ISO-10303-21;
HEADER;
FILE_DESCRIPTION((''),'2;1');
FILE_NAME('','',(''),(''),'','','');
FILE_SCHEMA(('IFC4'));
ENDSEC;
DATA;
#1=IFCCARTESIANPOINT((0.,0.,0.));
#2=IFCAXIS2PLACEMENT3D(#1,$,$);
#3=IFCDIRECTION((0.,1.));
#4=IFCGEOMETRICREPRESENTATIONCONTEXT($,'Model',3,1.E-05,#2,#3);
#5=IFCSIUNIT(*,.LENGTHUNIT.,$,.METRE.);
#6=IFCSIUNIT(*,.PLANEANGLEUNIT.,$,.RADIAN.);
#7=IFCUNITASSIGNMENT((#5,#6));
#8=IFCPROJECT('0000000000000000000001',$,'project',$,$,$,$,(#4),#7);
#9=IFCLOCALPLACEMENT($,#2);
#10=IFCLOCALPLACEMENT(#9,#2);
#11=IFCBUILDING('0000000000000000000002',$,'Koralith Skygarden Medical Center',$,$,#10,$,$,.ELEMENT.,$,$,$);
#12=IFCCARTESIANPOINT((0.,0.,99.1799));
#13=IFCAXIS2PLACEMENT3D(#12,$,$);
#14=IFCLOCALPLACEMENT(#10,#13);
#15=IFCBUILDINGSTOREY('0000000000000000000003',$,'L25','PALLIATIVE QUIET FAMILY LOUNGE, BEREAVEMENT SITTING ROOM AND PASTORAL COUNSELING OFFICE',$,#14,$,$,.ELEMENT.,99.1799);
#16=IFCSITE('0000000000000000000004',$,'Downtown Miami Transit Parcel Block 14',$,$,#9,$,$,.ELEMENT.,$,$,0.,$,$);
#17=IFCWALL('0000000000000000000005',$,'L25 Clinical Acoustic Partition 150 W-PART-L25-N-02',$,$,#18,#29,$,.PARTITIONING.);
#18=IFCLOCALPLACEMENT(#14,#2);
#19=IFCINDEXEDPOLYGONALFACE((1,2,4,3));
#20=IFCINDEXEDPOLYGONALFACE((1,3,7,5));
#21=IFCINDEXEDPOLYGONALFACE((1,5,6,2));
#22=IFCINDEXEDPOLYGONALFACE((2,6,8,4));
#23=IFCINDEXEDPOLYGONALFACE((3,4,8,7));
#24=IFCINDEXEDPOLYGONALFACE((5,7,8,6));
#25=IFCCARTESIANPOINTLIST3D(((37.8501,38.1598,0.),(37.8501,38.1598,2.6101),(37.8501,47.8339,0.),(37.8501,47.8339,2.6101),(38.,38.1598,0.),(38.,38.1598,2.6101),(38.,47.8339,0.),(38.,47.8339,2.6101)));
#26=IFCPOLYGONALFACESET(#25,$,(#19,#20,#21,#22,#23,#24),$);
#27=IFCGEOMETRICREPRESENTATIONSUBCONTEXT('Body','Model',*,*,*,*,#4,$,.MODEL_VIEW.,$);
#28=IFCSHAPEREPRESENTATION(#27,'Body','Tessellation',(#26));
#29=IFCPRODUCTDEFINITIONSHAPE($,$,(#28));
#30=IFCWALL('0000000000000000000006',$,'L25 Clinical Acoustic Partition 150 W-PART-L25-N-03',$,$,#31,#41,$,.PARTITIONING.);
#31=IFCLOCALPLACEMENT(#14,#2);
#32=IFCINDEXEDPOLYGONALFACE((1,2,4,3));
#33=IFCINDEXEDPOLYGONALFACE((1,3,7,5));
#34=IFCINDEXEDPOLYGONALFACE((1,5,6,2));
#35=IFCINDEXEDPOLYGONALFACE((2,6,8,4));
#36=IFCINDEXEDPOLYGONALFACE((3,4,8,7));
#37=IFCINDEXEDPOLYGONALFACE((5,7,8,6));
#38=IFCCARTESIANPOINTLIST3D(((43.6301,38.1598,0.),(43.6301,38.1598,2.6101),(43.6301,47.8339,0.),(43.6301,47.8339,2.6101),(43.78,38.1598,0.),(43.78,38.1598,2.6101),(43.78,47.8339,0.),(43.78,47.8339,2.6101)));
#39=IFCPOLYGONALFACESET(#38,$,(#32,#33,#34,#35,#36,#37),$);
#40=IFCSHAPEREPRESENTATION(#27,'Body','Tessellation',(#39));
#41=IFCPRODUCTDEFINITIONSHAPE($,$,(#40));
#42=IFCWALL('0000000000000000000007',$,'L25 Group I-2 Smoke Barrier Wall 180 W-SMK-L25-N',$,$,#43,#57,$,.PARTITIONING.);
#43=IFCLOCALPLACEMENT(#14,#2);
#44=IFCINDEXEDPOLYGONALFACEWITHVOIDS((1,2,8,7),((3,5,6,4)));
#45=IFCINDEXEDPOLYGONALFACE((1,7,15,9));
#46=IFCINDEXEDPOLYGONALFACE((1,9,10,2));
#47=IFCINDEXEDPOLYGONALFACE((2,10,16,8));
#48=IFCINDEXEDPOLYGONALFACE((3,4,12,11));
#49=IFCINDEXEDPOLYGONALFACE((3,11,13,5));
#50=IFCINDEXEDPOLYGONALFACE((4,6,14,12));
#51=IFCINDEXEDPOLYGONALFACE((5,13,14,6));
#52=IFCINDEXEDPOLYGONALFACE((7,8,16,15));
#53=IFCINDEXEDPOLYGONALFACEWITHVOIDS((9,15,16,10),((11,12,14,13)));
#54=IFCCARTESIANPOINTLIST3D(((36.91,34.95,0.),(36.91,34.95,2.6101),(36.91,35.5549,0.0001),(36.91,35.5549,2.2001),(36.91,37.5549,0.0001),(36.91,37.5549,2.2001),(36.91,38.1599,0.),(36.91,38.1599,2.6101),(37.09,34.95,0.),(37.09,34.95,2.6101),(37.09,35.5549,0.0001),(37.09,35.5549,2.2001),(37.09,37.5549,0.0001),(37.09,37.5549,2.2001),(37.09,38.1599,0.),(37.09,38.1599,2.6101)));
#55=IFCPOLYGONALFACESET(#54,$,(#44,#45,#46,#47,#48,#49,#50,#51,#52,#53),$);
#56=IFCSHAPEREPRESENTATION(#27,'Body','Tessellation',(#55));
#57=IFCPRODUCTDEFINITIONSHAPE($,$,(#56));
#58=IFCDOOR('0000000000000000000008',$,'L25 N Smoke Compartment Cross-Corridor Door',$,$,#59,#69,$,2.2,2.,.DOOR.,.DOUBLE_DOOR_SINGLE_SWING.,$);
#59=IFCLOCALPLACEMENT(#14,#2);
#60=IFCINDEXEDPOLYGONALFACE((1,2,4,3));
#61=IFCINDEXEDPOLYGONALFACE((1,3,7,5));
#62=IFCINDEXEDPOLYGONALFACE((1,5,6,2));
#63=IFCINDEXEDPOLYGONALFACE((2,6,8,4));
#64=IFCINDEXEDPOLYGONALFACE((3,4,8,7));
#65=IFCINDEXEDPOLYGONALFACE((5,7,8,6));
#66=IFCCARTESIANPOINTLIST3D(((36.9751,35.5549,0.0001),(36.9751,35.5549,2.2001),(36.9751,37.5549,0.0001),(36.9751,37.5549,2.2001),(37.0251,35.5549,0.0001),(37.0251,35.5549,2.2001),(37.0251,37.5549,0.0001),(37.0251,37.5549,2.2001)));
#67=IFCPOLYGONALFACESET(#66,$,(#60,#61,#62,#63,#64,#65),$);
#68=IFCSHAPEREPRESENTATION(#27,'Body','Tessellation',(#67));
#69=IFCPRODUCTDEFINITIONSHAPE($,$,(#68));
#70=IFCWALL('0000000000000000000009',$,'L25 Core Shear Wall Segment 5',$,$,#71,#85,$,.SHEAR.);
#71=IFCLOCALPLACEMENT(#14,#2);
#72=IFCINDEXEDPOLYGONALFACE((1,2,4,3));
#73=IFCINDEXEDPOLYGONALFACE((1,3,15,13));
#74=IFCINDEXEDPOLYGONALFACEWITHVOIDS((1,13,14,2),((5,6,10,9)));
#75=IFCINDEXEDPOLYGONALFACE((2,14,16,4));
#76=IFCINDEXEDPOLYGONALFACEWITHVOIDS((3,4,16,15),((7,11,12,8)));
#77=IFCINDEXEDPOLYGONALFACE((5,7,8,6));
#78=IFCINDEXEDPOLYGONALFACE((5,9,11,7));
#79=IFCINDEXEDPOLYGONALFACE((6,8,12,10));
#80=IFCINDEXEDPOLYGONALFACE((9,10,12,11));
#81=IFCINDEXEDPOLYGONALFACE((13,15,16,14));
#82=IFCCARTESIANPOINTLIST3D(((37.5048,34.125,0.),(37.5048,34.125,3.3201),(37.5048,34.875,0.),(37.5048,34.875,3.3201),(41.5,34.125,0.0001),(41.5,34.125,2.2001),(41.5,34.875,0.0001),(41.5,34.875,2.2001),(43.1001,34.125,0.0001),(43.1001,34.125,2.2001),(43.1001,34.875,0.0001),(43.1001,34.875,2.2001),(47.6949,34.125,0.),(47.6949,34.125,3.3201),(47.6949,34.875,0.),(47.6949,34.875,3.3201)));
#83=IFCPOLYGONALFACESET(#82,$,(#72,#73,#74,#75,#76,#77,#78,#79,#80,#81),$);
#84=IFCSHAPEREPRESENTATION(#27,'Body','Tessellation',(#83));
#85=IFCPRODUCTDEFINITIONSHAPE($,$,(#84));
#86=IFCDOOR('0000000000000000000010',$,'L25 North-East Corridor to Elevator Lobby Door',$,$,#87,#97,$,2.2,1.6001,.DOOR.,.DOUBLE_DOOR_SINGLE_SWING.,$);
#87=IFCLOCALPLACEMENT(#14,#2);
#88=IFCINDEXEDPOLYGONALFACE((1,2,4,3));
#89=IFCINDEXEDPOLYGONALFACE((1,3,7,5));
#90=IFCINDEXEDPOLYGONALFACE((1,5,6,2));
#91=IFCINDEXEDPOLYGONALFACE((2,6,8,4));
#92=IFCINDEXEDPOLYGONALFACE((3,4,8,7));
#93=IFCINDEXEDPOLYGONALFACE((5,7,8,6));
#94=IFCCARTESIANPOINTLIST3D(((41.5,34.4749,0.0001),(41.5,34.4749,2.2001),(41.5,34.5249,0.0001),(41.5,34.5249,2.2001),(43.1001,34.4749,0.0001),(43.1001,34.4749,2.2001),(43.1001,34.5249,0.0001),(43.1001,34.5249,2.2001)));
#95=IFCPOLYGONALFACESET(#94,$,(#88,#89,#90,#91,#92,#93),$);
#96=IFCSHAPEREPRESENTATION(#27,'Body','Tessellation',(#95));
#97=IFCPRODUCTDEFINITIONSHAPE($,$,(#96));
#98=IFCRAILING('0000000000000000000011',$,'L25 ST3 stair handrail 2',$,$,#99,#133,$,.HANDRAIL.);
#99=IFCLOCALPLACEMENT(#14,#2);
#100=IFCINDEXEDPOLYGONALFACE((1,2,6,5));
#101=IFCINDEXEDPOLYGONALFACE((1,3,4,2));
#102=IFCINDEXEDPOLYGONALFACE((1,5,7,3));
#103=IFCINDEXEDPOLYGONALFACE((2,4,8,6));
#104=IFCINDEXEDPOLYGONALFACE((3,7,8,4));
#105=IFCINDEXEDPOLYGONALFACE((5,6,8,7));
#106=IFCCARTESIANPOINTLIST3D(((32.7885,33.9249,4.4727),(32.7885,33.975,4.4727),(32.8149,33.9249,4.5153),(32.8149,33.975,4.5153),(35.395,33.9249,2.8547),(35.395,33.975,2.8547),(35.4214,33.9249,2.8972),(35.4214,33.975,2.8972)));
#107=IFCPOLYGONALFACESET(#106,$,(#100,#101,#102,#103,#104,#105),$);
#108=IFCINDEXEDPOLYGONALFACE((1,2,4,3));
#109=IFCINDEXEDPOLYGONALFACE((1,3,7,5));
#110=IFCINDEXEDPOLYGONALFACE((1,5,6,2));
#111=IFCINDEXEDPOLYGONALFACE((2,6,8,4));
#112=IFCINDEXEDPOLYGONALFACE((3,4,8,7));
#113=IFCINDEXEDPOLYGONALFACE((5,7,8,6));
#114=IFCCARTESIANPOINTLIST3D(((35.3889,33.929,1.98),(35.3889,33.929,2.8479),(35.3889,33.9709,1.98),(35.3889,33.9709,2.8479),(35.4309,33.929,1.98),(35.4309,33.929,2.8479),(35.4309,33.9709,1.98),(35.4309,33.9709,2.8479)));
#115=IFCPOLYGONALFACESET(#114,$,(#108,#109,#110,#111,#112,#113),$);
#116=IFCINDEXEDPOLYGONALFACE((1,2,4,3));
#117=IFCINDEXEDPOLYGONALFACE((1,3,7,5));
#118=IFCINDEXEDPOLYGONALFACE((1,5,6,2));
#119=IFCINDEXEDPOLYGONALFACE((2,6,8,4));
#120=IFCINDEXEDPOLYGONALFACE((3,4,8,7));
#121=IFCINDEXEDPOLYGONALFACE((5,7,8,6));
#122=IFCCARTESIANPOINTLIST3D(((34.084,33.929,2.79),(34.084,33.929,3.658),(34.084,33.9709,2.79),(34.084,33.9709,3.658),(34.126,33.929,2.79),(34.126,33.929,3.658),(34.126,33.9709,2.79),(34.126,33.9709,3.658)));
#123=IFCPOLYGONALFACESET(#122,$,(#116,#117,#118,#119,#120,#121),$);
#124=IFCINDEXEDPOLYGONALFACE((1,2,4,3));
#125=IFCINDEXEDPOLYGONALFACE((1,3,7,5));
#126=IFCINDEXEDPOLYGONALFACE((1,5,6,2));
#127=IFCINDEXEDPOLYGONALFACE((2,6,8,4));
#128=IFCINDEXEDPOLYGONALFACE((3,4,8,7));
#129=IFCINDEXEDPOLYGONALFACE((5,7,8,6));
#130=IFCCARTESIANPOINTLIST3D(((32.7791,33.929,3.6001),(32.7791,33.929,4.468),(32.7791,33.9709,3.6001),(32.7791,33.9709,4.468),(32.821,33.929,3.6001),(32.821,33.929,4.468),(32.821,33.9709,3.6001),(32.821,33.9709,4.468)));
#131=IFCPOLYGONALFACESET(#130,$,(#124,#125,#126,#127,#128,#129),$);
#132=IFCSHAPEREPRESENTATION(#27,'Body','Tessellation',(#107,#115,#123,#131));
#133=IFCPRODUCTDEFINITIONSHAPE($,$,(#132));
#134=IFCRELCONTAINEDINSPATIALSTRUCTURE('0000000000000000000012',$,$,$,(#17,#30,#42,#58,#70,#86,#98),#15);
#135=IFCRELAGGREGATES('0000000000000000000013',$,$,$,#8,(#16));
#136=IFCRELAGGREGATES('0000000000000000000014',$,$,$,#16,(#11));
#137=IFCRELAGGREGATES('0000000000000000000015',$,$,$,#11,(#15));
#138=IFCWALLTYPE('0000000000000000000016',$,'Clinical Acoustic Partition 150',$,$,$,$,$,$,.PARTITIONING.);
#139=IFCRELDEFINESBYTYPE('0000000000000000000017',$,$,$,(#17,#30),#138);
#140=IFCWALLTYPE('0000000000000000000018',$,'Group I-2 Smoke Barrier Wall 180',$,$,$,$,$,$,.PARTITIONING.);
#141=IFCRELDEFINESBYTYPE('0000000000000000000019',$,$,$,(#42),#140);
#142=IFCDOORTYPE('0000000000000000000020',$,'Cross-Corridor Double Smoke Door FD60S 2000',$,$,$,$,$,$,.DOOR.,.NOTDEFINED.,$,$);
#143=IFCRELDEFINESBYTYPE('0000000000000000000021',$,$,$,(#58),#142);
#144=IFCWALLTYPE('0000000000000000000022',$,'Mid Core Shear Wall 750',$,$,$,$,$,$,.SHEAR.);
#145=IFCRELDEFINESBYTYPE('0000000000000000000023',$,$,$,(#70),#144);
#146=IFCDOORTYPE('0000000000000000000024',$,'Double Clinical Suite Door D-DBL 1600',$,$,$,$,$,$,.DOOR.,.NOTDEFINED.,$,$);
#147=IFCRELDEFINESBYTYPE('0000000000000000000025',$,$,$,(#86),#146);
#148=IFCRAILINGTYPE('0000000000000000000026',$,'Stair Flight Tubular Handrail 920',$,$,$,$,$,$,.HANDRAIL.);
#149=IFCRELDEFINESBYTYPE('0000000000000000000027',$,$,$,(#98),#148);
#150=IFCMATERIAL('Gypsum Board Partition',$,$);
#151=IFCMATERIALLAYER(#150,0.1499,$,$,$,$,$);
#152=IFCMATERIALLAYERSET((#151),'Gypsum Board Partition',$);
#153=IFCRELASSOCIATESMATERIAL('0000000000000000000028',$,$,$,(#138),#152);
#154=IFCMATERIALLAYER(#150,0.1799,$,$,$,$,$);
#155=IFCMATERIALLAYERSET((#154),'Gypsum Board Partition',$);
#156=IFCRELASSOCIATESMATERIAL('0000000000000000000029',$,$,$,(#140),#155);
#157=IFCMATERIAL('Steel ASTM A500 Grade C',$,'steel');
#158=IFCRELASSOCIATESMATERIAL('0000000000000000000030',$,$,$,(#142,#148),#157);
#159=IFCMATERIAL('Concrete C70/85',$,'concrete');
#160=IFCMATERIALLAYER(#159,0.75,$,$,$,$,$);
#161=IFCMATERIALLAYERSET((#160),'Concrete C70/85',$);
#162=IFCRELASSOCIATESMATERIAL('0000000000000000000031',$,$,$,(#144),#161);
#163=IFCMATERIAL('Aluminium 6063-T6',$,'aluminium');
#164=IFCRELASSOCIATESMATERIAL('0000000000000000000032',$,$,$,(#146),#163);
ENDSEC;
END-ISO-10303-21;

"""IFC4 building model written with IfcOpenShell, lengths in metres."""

from ifc_helpers import new_model, si_unit, direction, frame, frame_2d, origin, origin_2d, place, context, subcontext, project, spatial, rectangle, extrude, material, layer, layer_set, type_object, element, fill, save


model = new_model("IFC4")

# Units and contexts
model_context = context("Model", 3, precision=1e-05, world=origin(), true_north=direction((0.0, 1.0)))
body_context = subcontext(model_context, "Body", "Model", "MODEL_VIEW")
ifc_project = project(units=[si_unit("LENGTHUNIT", "METRE"), si_unit("PLANEANGLEUNIT", "RADIAN")], contexts=[model_context])

# Site, building, storey
site_placement = place(None, origin())
site = spatial("IfcSite", under=ifc_project, at=site_placement, Name="Downtown Miami Transit Parcel Block 14", CompositionType="ELEMENT", RefElevation=0.0)
building_placement = place(site_placement, origin())
building = spatial("IfcBuilding", under=site, at=building_placement, Name="Koralith Skygarden Medical Center", CompositionType="ELEMENT")
storey_placement = place(building_placement, frame((0.0, 0.0, 99.1799)))
storey = spatial("IfcBuildingStorey", under=building, at=storey_placement, Name="L25", Description="PALLIATIVE QUIET FAMILY LOUNGE, BEREAVEMENT SITTING ROOM AND PASTORAL COUNSELING OFFICE", CompositionType="ELEMENT", Elevation=99.1799)

# Shared definitions
ifc_material_1 = material(Name="Concrete C70/85", Category="concrete")

# Shared definitions
ifc_material_2 = material(Name="Aluminium 6063-T6", Category="aluminium")

# Walls
ifc_material_3 = material(Name="Gypsum Board Partition")
ifc_layer_1 = layer(ifc_material_3, 0.1499)
ifc_layer_set_1 = layer_set([ifc_layer_1], Name="Gypsum Board Partition")
wall_type_1 = type_object("IfcWallType", Name="Clinical Acoustic Partition 150", PredefinedType="PARTITIONING", material=ifc_layer_set_1)
for number, where, z_axis, x_axis, name in (
    (1, (37.925, 38.1599, 0.0), (0.0, 0.0, 1.0), (0.0, 1.0, 0.0), "L25 Clinical Acoustic Partition 150 W-PART-L25-N-02"),
    (2, (43.7051, 38.1599, 0.0), (0.0, 0.0, 1.0), (0.0, 1.0, 0.0), "L25 Clinical Acoustic Partition 150 W-PART-L25-N-03"),
):
    element("IfcWall", number, at=place(storey_placement, frame(where, z_axis=z_axis, x_axis=x_axis)), inside=storey, type_object=wall_type_1, Name=name, PredefinedType="PARTITIONING", context=body_context, shape_type="SweptSolid", body=[
        extrude(rectangle(XDim=9.6741, YDim=0.1499, at=frame_2d((4.8369, 0.0))), origin(), (0.0, 0.0, 1.0), 2.6101),
    ])

# Walls, openings, doors
ifc_layer_2 = layer(ifc_material_3, 0.1799)
ifc_layer_set_2 = layer_set([ifc_layer_2], Name="Gypsum Board Partition")
wall_type_2 = type_object("IfcWallType", Name="Group I-2 Smoke Barrier Wall 180", PredefinedType="PARTITIONING", material=ifc_layer_set_2)
wall_1_placement = place(storey_placement, frame((37.0, 34.95, 0.0), z_axis=(0.0, 0.0, 1.0), x_axis=(0.0, 1.0, 0.0)))
wall_1 = element("IfcWall", 3, at=wall_1_placement, inside=storey, type_object=wall_type_2, Name="L25 Group I-2 Smoke Barrier Wall 180 W-SMK-L25-N", PredefinedType="PARTITIONING", context=body_context, shape_type="SweptSolid", body=[
    extrude(rectangle(XDim=3.21, YDim=0.1799, at=frame_2d((1.605, 0.0))), origin(), (0.0, 0.0, 1.0), 2.6101),
])
opening_1_placement = place(wall_1_placement, frame((0.605, 0.0, 0.0)))
opening_1 = element("IfcOpeningElement", 4, at=opening_1_placement, cuts=wall_1, PredefinedType="OPENING", context=body_context, shape_type="SweptSolid", body=[
    extrude(rectangle(XDim=2.0, YDim=2.2, at=frame_2d((1.0, 1.1001))), frame((0.0, 0.0999, 0.0), z_axis=(0.0, -1.0, 0.0), x_axis=(1.0, 0.0, 0.0)), (0.0, 0.0, 1.0), 0.2),
])
ifc_material_4 = material(Name="Steel ASTM A500 Grade C", Category="steel")
door_type_1 = type_object("IfcDoorType", Name="Cross-Corridor Double Smoke Door FD60S 2000", OperationType="NOTDEFINED", PredefinedType="DOOR", material=ifc_material_4)
door_1_placement = place(opening_1_placement, origin())
door_1 = element("IfcDoor", 5, at=door_1_placement, inside=storey, type_object=door_type_1, Name="L25 N Smoke Compartment Cross-Corridor Door", OperationType="DOUBLE_DOOR_SINGLE_SWING", OverallHeight=2.2, OverallWidth=2.0, PredefinedType="DOOR", context=body_context, shape_type="SweptSolid", body=[
    extrude(rectangle(XDim=2.0, YDim=2.2, at=frame_2d((1.0, 1.1001))), frame((0.0, 0.0249, 0.0), z_axis=(0.0, -1.0, 0.0), x_axis=(1.0, 0.0, 0.0)), (0.0, 0.0, 1.0), 0.05),
])
fill(opening_1, door_1)
ifc_layer_3 = layer(ifc_material_1, 0.75)
ifc_layer_set_3 = layer_set([ifc_layer_3], Name="Concrete C70/85")
wall_type_3 = type_object("IfcWallType", Name="Mid Core Shear Wall 750", PredefinedType="SHEAR", material=ifc_layer_set_3)
wall_2_placement = place(storey_placement, frame((47.6951, 34.5, 0.0), z_axis=(0.0, 0.0, 1.0), x_axis=(-1.0, 0.0, 0.0)))
wall_2 = element("IfcWall", 6, at=wall_2_placement, inside=storey, type_object=wall_type_3, Name="L25 Core Shear Wall Segment 5", PredefinedType="SHEAR", context=body_context, shape_type="SweptSolid", body=[
    extrude(rectangle(XDim=10.1902, YDim=0.75, at=frame_2d((5.0952, 0.0))), origin(), (0.0, 0.0, 1.0), 3.3201),
])
opening_2_placement = place(wall_2_placement, frame((4.595, 0.0, 0.0)))
opening_2 = element("IfcOpeningElement", 7, at=opening_2_placement, cuts=wall_2, PredefinedType="OPENING", context=body_context, shape_type="SweptSolid", body=[
    extrude(rectangle(XDim=1.6001, YDim=2.2, at=frame_2d((0.8, 1.1001))), frame((0.0, 0.385, 0.0), z_axis=(0.0, -1.0, 0.0), x_axis=(1.0, 0.0, 0.0)), (0.0, 0.0, 1.0), 0.77),
])
door_type_2 = type_object("IfcDoorType", Name="Double Clinical Suite Door D-DBL 1600", OperationType="NOTDEFINED", PredefinedType="DOOR", material=ifc_material_2)
door_2_placement = place(opening_2_placement, frame((1.6001, 0.0, 0.0), z_axis=(0.0, 0.0, 1.0), x_axis=(-1.0, 0.0, 0.0)))
door_2 = element("IfcDoor", 8, at=door_2_placement, inside=storey, type_object=door_type_2, Name="L25 North-East Corridor to Elevator Lobby Door", OperationType="DOUBLE_DOOR_SINGLE_SWING", OverallHeight=2.2, OverallWidth=1.6001, PredefinedType="DOOR", context=body_context, shape_type="SweptSolid", body=[
    extrude(rectangle(XDim=1.6001, YDim=2.2, at=frame_2d((0.8, 1.1001))), frame((0.0, 0.0249, 0.0), z_axis=(0.0, -1.0, 0.0), x_axis=(1.0, 0.0, 0.0)), (0.0, 0.0, 1.0), 0.05),
])
fill(opening_2, door_2)

# Railing
railing_type = type_object("IfcRailingType", Name="Stair Flight Tubular Handrail 920", PredefinedType="HANDRAIL", material=ifc_material_4)
railing_placement = place(storey_placement, frame((35.4099, 33.95, 1.98)))
element("IfcRailing", 9, at=railing_placement, inside=storey, type_object=railing_type, Name="L25 ST3 stair handrail 2", PredefinedType="HANDRAIL", context=body_context, shape_type="SweptSolid", body=[
    extrude(rectangle(XDim=0.05, YDim=0.05, at=origin_2d()), frame((-0.0017, 0.0, 0.896), z_axis=(-0.849611, 0.0, 0.52741), x_axis=(0.0, -1.0, 0.0)), (0.0, 0.0, 1.0), 3.0679),
    extrude(rectangle(XDim=0.042, YDim=0.042, at=origin_2d()), origin(), (0.0, 0.0, 1.0), 0.8679),
    extrude(rectangle(XDim=0.042, YDim=0.042, at=origin_2d()), frame((-1.3049, 0.0, 0.8101)), (0.0, 0.0, 1.0), 0.8679),
    extrude(rectangle(XDim=0.042, YDim=0.042, at=origin_2d()), frame((-2.6099, 0.0, 1.6201)), (0.0, 0.0, 1.0), 0.8679),
])

save(model, "model.ifc")
